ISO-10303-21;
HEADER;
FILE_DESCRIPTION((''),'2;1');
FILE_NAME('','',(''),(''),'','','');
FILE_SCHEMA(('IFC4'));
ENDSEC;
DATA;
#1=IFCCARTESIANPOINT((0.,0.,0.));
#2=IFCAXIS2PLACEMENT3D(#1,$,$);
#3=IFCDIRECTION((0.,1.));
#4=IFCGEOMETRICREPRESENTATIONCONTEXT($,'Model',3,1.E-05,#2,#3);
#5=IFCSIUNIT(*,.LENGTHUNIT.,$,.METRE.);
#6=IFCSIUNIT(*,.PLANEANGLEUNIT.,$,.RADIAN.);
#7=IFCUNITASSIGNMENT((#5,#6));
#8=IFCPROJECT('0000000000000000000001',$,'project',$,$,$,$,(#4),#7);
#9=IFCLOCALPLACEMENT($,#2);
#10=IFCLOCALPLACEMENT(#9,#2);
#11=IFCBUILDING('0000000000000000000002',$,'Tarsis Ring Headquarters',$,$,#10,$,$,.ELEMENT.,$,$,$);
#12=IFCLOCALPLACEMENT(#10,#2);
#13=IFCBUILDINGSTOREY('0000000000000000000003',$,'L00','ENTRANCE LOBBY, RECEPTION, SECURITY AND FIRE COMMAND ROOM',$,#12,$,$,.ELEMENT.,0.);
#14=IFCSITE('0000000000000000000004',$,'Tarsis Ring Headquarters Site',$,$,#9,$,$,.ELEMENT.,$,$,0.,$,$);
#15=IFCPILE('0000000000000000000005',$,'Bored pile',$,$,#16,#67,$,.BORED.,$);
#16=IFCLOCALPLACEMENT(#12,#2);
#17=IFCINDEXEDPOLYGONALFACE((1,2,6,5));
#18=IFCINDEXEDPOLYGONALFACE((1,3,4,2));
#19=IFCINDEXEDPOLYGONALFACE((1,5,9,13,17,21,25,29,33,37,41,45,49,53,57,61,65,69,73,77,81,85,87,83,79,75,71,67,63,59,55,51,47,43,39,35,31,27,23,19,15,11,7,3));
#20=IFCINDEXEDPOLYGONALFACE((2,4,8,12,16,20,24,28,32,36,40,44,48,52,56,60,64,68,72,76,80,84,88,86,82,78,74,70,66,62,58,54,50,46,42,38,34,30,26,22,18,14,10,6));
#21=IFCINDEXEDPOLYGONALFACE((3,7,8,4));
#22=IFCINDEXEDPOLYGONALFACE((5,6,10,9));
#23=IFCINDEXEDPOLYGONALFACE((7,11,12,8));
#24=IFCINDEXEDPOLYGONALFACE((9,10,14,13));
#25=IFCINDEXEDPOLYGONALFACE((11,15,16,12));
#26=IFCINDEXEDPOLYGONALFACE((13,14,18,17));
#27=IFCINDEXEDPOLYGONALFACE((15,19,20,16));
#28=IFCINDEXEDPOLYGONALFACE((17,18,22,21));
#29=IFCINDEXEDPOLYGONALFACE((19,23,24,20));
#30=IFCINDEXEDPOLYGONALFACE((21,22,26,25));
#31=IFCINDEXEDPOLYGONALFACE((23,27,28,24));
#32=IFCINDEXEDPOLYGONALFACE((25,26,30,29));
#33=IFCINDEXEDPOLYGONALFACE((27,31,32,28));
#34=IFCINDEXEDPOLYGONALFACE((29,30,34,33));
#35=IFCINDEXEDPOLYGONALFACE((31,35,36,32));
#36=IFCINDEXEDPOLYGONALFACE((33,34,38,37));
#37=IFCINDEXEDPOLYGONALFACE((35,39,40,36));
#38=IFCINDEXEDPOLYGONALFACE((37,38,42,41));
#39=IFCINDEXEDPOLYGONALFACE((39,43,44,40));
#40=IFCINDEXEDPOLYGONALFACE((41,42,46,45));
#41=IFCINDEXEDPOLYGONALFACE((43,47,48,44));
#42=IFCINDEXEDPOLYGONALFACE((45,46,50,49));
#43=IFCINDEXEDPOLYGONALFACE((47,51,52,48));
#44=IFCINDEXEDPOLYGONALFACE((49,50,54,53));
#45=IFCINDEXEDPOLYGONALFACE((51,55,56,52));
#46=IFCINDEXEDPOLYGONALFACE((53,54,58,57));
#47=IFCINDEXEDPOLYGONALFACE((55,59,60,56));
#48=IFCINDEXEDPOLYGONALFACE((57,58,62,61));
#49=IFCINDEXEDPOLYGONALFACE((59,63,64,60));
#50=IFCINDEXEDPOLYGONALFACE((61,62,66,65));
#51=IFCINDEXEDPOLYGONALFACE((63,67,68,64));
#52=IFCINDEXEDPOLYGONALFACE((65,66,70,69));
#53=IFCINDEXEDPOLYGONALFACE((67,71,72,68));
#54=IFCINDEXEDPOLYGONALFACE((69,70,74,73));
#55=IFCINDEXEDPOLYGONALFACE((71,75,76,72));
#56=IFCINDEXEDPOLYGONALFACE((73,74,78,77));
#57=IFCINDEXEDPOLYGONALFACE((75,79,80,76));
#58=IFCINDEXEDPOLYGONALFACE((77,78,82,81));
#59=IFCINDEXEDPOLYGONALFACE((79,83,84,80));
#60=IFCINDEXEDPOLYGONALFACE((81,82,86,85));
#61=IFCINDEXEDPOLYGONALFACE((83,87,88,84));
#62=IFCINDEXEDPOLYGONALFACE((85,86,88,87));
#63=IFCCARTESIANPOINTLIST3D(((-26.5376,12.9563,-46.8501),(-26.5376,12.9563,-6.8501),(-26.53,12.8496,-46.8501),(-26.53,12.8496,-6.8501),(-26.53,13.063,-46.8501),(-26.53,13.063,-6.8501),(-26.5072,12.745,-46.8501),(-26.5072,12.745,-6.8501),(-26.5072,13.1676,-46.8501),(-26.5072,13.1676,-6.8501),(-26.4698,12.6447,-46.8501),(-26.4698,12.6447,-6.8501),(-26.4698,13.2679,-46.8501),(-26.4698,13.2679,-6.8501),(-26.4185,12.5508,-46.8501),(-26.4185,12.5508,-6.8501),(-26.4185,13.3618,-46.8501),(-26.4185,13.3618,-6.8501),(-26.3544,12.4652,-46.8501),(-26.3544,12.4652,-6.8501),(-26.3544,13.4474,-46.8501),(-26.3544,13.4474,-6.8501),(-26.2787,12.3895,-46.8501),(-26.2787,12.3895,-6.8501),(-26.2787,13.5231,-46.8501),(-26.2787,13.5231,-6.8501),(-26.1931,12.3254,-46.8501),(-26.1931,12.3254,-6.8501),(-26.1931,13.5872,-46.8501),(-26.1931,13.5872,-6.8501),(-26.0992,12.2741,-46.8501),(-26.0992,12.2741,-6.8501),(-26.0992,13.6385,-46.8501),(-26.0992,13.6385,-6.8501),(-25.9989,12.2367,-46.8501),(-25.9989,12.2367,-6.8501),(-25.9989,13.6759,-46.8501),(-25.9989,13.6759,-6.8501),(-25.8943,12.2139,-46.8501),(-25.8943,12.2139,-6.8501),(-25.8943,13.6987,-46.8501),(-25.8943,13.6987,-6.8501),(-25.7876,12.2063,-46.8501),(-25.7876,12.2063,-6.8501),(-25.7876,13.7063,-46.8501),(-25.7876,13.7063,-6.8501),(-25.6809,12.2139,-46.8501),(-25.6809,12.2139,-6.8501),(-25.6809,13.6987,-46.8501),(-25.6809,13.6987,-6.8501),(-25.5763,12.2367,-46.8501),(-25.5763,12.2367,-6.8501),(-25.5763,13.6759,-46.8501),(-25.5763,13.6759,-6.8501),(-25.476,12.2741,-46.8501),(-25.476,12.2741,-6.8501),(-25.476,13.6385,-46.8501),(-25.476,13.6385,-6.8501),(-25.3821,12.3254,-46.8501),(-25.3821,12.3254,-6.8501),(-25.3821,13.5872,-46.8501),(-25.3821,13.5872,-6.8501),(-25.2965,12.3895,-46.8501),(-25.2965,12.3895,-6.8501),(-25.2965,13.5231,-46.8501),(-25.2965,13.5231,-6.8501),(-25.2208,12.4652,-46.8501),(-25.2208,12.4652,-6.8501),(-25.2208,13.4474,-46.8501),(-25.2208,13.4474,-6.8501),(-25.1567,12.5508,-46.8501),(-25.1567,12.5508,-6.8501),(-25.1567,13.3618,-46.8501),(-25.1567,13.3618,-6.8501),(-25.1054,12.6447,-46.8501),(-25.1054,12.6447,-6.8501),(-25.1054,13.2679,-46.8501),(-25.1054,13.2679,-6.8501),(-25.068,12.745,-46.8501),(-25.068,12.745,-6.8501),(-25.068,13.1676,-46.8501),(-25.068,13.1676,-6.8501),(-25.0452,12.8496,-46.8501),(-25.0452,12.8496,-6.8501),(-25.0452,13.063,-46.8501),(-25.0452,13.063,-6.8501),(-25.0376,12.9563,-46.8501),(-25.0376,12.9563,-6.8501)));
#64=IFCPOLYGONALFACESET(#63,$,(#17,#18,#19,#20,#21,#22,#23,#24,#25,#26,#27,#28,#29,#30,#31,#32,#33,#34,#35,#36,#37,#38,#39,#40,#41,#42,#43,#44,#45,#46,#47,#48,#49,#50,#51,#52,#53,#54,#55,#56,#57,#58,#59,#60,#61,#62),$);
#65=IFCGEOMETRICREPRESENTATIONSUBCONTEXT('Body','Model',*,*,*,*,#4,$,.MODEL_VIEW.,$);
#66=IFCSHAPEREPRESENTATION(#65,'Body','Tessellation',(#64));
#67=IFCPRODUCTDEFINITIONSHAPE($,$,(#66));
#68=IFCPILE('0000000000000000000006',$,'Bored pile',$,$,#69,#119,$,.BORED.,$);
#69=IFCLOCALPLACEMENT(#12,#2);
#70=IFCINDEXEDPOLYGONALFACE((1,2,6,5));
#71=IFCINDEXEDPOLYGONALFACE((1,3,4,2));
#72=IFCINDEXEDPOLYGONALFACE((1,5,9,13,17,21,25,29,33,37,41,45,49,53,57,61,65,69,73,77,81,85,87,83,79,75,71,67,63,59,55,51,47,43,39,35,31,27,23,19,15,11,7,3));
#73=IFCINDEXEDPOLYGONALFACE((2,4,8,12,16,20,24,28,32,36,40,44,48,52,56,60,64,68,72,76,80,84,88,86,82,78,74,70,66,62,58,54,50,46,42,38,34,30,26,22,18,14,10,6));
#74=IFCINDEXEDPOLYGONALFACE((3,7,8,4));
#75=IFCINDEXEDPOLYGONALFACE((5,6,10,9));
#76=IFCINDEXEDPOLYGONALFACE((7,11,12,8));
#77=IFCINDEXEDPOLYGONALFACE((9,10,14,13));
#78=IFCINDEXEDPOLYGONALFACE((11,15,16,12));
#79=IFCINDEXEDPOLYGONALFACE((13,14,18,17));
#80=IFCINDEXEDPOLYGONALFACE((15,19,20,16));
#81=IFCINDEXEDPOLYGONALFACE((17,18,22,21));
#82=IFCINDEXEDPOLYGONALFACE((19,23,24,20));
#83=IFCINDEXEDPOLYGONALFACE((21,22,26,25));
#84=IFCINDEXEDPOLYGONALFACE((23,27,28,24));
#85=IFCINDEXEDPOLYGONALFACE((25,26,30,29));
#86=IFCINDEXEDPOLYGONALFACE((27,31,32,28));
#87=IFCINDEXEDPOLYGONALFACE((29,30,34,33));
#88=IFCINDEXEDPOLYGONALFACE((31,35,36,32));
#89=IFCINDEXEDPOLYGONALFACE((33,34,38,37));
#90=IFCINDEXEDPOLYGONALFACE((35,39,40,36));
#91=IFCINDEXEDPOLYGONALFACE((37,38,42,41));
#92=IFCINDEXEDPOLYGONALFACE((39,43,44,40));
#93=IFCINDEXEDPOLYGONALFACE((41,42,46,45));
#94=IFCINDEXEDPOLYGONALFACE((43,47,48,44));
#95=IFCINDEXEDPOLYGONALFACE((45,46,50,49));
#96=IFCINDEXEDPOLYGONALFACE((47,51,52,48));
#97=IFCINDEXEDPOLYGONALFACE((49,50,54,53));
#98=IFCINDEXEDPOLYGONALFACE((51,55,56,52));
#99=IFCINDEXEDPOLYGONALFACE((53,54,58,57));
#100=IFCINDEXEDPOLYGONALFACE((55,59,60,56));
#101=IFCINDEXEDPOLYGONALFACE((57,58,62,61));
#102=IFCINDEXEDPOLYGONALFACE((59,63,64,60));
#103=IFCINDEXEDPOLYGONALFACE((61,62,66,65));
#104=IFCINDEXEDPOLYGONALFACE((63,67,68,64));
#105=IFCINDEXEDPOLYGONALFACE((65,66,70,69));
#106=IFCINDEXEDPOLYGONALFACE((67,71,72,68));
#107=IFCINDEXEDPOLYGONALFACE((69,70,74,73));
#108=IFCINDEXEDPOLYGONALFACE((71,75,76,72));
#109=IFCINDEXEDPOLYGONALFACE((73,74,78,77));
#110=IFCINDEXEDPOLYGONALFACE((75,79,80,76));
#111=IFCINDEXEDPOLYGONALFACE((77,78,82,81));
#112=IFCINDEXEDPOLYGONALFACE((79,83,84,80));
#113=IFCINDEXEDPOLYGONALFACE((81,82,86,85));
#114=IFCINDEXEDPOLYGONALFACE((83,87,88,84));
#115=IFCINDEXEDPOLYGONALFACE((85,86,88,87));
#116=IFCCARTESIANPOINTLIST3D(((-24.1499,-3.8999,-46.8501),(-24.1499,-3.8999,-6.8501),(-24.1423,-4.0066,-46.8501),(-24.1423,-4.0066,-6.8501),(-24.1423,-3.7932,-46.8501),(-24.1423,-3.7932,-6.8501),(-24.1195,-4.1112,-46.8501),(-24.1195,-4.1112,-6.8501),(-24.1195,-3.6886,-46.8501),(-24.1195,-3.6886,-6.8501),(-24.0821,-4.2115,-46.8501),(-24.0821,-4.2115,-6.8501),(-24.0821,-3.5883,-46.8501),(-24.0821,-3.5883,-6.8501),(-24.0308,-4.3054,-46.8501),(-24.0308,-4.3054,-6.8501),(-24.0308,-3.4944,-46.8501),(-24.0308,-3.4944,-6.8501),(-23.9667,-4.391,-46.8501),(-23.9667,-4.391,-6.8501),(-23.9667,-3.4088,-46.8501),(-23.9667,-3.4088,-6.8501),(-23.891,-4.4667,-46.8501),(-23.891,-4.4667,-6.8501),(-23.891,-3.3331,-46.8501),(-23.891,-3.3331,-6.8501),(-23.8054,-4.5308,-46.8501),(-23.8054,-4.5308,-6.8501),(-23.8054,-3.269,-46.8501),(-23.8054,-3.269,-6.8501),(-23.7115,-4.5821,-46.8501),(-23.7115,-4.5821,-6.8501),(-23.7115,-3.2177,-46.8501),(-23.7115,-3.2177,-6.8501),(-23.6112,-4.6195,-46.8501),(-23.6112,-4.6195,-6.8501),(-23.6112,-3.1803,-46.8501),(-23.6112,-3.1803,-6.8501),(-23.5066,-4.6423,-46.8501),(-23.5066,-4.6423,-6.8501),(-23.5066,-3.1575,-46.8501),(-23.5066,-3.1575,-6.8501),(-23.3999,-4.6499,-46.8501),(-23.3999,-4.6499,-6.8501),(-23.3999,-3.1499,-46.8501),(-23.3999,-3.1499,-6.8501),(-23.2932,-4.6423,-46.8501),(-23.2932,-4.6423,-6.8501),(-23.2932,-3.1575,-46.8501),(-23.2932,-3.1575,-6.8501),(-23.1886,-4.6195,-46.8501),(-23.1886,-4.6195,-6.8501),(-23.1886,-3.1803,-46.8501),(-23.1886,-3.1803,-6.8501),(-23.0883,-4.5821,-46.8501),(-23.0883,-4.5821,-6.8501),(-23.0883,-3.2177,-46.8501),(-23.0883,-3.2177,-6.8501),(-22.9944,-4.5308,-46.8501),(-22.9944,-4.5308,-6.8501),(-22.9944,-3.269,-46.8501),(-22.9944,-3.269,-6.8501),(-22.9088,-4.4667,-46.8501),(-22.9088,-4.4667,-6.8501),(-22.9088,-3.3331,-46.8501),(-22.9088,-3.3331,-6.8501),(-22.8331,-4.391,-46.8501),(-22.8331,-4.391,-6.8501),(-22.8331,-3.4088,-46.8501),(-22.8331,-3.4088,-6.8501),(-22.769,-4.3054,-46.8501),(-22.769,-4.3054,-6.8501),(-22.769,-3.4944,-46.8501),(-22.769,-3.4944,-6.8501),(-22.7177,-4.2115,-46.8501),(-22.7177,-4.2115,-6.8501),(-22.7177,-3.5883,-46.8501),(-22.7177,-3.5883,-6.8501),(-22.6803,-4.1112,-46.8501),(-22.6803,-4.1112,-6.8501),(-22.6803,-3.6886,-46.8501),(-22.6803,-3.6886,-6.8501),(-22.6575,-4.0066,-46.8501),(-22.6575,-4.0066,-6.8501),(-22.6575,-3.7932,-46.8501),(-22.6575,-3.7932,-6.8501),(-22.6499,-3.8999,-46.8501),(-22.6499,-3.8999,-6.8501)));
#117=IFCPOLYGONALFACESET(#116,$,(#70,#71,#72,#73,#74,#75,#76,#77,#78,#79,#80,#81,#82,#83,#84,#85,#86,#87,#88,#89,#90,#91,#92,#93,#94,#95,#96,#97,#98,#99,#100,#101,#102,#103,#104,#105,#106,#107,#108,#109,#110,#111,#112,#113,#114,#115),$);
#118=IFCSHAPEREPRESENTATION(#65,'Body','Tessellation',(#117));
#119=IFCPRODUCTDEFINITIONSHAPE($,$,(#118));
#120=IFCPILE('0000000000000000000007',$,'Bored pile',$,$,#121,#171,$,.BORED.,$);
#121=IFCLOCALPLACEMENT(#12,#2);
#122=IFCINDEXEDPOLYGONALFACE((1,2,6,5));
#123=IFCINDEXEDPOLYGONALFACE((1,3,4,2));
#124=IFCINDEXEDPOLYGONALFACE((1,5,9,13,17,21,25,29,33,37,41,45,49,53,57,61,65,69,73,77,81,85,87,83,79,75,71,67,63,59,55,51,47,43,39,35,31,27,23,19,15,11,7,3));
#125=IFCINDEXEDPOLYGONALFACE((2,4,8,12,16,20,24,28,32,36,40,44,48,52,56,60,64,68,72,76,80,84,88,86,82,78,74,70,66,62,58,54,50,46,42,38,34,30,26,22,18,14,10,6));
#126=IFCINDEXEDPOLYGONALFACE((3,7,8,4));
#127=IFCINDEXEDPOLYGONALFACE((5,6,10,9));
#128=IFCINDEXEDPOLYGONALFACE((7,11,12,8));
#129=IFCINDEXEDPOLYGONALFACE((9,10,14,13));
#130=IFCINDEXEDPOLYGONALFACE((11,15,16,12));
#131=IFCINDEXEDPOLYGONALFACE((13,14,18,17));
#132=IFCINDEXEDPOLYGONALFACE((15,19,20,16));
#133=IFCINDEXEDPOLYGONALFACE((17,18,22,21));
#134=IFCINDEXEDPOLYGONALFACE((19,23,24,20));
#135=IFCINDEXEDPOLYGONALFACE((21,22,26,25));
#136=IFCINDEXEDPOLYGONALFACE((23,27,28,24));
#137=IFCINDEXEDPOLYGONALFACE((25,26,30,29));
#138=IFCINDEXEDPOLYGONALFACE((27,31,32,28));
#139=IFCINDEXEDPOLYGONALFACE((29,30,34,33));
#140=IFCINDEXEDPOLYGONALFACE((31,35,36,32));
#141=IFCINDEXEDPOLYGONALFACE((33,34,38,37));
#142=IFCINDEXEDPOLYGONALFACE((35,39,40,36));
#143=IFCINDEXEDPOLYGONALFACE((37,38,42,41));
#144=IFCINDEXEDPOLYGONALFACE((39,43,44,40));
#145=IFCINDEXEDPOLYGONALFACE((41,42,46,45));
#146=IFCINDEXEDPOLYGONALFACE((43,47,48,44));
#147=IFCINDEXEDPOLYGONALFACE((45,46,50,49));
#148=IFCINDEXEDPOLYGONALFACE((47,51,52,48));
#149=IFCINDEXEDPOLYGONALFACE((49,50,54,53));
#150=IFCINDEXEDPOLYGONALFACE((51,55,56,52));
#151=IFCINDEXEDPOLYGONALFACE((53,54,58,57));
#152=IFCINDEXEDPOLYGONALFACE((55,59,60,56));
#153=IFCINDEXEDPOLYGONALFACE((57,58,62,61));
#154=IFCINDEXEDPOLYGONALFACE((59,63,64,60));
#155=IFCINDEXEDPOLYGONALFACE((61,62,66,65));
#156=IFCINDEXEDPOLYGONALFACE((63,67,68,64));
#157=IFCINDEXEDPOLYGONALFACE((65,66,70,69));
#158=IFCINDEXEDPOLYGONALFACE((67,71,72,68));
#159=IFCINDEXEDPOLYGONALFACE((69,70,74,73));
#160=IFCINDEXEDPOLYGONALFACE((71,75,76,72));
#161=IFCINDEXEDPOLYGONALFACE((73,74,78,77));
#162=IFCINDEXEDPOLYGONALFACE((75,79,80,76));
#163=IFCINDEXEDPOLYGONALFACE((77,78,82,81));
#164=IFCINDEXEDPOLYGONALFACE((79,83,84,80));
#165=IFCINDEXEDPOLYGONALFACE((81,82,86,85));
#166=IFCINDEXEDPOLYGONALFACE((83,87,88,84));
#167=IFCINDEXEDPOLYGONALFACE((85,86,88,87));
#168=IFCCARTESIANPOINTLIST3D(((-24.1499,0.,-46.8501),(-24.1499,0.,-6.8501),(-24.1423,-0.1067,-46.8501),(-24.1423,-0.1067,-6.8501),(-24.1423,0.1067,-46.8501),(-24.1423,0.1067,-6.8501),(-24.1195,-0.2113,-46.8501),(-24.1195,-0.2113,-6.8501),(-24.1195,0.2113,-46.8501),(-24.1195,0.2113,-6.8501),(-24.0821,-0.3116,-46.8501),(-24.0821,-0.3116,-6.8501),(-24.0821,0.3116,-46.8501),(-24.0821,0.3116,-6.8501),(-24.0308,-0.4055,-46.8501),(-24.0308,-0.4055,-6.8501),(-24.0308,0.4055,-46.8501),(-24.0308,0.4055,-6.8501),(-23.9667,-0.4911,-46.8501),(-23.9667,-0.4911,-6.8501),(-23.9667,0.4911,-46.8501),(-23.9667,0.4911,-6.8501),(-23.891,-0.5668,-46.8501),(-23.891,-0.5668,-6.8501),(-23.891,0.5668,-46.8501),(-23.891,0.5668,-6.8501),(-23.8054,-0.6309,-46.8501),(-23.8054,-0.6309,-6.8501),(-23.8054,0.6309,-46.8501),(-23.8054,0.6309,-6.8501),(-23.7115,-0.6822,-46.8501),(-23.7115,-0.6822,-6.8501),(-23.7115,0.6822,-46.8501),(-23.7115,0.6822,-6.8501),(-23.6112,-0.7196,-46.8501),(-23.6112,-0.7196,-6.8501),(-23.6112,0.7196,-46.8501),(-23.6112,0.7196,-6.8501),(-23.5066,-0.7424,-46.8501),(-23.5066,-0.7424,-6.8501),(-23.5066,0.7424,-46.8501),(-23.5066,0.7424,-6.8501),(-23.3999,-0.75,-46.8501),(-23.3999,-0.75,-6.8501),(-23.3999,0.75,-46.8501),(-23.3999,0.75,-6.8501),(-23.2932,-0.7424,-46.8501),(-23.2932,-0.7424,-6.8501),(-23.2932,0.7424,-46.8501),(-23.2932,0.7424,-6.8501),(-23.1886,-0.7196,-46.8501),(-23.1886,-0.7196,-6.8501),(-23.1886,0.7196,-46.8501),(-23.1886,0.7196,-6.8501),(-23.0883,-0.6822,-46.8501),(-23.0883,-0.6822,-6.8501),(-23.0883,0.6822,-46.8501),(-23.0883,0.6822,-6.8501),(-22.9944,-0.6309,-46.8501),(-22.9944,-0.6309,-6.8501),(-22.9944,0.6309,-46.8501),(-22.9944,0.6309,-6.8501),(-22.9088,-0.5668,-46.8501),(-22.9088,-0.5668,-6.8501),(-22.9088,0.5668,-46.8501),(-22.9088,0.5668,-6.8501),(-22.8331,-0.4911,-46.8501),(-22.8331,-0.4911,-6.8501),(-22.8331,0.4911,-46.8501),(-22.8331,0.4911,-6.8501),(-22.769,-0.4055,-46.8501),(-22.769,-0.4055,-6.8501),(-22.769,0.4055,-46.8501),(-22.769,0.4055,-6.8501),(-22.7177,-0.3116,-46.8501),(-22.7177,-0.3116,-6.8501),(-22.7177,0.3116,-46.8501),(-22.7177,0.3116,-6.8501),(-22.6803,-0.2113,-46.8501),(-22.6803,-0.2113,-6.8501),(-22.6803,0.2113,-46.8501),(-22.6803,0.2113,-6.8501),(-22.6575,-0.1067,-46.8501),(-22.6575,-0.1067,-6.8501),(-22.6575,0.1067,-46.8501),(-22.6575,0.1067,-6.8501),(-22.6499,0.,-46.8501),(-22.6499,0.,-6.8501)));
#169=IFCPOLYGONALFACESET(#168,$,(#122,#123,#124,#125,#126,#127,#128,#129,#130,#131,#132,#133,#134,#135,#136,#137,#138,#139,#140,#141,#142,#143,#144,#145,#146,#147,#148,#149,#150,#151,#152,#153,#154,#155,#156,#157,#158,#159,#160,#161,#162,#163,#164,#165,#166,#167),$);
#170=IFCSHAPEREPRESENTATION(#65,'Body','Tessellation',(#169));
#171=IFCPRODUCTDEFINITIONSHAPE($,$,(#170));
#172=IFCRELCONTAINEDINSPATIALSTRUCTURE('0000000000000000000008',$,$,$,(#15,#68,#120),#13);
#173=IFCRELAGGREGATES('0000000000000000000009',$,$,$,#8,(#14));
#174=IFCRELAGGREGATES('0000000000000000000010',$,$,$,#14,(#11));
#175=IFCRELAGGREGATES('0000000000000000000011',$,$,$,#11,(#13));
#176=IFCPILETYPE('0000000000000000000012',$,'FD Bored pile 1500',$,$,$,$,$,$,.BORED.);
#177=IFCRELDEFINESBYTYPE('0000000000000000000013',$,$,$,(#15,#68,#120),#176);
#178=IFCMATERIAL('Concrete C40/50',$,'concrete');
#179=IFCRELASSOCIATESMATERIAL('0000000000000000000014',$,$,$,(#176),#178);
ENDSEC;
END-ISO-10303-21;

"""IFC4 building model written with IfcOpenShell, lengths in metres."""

from ifc_helpers import new_model, si_unit, direction, frame, origin, origin_2d, place, context, subcontext, project, spatial, circle, extrude, material, material_profile, profile_set, type_object, element, save


model = new_model("IFC4")

# Units and contexts
model_context = context("Model", 3, precision=1e-05, world=origin(), true_north=direction((0.0, 1.0)))
body_context = subcontext(model_context, "Body", "Model", "MODEL_VIEW")
ifc_project = project(units=[si_unit("LENGTHUNIT", "METRE"), si_unit("PLANEANGLEUNIT", "RADIAN")], contexts=[model_context])

# Site, building, storey
site_placement = place(None, origin())
site = spatial("IfcSite", under=ifc_project, at=site_placement, Name="Tarsis Ring Headquarters Site", CompositionType="ELEMENT", RefElevation=0.0)
building_placement = place(site_placement, origin())
building = spatial("IfcBuilding", under=site, at=building_placement, Name="Tarsis Ring Headquarters", CompositionType="ELEMENT")
storey_placement = place(building_placement, origin())
storey = spatial("IfcBuildingStorey", under=building, at=storey_placement, Name="L00", Description="ENTRANCE LOBBY, RECEPTION, SECURITY AND FIRE COMMAND ROOM", CompositionType="ELEMENT", Elevation=0.0)

# Piles
ifc_material_1 = material(Name="Concrete C40/50", Category="concrete")
ifc_material_profile_1 = material_profile(ifc_material_1, circle(Radius=0.75, at=origin_2d()), Name="BORED 1500")
ifc_profile_set_1 = profile_set([ifc_material_profile_1], Name="Concrete C40/50")
pile_type_1 = type_object("IfcPileType", Name="FD Bored pile 1500", PredefinedType="BORED", material=ifc_profile_set_1)
for number, where, z_axis, x_axis, name in (
    (1, (-25.7876, 12.9563, -6.8501), (0.0, 0.0, -1.0), (1.0, 0.0, 0.0), "Bored pile"),
    (2, (-23.3999, -3.8999, -6.8501), (0.0, 0.0, -1.0), (1.0, 0.0, 0.0), "Bored pile"),
    (3, (-23.3999, 0.0, -6.8501), (0.0, 0.0, -1.0), (1.0, 0.0, 0.0), "Bored pile"),
):
    element("IfcPile", number, at=place(storey_placement, frame(where, z_axis=z_axis, x_axis=x_axis)), inside=storey, type_object=pile_type_1, Name=name, PredefinedType="BORED", context=body_context, shape_type="SweptSolid", body=[
        extrude(circle(Radius=0.75, at=origin_2d()), origin(), (0.0, 0.0, 1.0), 40.0),
    ])

save(model, "model.ifc")
